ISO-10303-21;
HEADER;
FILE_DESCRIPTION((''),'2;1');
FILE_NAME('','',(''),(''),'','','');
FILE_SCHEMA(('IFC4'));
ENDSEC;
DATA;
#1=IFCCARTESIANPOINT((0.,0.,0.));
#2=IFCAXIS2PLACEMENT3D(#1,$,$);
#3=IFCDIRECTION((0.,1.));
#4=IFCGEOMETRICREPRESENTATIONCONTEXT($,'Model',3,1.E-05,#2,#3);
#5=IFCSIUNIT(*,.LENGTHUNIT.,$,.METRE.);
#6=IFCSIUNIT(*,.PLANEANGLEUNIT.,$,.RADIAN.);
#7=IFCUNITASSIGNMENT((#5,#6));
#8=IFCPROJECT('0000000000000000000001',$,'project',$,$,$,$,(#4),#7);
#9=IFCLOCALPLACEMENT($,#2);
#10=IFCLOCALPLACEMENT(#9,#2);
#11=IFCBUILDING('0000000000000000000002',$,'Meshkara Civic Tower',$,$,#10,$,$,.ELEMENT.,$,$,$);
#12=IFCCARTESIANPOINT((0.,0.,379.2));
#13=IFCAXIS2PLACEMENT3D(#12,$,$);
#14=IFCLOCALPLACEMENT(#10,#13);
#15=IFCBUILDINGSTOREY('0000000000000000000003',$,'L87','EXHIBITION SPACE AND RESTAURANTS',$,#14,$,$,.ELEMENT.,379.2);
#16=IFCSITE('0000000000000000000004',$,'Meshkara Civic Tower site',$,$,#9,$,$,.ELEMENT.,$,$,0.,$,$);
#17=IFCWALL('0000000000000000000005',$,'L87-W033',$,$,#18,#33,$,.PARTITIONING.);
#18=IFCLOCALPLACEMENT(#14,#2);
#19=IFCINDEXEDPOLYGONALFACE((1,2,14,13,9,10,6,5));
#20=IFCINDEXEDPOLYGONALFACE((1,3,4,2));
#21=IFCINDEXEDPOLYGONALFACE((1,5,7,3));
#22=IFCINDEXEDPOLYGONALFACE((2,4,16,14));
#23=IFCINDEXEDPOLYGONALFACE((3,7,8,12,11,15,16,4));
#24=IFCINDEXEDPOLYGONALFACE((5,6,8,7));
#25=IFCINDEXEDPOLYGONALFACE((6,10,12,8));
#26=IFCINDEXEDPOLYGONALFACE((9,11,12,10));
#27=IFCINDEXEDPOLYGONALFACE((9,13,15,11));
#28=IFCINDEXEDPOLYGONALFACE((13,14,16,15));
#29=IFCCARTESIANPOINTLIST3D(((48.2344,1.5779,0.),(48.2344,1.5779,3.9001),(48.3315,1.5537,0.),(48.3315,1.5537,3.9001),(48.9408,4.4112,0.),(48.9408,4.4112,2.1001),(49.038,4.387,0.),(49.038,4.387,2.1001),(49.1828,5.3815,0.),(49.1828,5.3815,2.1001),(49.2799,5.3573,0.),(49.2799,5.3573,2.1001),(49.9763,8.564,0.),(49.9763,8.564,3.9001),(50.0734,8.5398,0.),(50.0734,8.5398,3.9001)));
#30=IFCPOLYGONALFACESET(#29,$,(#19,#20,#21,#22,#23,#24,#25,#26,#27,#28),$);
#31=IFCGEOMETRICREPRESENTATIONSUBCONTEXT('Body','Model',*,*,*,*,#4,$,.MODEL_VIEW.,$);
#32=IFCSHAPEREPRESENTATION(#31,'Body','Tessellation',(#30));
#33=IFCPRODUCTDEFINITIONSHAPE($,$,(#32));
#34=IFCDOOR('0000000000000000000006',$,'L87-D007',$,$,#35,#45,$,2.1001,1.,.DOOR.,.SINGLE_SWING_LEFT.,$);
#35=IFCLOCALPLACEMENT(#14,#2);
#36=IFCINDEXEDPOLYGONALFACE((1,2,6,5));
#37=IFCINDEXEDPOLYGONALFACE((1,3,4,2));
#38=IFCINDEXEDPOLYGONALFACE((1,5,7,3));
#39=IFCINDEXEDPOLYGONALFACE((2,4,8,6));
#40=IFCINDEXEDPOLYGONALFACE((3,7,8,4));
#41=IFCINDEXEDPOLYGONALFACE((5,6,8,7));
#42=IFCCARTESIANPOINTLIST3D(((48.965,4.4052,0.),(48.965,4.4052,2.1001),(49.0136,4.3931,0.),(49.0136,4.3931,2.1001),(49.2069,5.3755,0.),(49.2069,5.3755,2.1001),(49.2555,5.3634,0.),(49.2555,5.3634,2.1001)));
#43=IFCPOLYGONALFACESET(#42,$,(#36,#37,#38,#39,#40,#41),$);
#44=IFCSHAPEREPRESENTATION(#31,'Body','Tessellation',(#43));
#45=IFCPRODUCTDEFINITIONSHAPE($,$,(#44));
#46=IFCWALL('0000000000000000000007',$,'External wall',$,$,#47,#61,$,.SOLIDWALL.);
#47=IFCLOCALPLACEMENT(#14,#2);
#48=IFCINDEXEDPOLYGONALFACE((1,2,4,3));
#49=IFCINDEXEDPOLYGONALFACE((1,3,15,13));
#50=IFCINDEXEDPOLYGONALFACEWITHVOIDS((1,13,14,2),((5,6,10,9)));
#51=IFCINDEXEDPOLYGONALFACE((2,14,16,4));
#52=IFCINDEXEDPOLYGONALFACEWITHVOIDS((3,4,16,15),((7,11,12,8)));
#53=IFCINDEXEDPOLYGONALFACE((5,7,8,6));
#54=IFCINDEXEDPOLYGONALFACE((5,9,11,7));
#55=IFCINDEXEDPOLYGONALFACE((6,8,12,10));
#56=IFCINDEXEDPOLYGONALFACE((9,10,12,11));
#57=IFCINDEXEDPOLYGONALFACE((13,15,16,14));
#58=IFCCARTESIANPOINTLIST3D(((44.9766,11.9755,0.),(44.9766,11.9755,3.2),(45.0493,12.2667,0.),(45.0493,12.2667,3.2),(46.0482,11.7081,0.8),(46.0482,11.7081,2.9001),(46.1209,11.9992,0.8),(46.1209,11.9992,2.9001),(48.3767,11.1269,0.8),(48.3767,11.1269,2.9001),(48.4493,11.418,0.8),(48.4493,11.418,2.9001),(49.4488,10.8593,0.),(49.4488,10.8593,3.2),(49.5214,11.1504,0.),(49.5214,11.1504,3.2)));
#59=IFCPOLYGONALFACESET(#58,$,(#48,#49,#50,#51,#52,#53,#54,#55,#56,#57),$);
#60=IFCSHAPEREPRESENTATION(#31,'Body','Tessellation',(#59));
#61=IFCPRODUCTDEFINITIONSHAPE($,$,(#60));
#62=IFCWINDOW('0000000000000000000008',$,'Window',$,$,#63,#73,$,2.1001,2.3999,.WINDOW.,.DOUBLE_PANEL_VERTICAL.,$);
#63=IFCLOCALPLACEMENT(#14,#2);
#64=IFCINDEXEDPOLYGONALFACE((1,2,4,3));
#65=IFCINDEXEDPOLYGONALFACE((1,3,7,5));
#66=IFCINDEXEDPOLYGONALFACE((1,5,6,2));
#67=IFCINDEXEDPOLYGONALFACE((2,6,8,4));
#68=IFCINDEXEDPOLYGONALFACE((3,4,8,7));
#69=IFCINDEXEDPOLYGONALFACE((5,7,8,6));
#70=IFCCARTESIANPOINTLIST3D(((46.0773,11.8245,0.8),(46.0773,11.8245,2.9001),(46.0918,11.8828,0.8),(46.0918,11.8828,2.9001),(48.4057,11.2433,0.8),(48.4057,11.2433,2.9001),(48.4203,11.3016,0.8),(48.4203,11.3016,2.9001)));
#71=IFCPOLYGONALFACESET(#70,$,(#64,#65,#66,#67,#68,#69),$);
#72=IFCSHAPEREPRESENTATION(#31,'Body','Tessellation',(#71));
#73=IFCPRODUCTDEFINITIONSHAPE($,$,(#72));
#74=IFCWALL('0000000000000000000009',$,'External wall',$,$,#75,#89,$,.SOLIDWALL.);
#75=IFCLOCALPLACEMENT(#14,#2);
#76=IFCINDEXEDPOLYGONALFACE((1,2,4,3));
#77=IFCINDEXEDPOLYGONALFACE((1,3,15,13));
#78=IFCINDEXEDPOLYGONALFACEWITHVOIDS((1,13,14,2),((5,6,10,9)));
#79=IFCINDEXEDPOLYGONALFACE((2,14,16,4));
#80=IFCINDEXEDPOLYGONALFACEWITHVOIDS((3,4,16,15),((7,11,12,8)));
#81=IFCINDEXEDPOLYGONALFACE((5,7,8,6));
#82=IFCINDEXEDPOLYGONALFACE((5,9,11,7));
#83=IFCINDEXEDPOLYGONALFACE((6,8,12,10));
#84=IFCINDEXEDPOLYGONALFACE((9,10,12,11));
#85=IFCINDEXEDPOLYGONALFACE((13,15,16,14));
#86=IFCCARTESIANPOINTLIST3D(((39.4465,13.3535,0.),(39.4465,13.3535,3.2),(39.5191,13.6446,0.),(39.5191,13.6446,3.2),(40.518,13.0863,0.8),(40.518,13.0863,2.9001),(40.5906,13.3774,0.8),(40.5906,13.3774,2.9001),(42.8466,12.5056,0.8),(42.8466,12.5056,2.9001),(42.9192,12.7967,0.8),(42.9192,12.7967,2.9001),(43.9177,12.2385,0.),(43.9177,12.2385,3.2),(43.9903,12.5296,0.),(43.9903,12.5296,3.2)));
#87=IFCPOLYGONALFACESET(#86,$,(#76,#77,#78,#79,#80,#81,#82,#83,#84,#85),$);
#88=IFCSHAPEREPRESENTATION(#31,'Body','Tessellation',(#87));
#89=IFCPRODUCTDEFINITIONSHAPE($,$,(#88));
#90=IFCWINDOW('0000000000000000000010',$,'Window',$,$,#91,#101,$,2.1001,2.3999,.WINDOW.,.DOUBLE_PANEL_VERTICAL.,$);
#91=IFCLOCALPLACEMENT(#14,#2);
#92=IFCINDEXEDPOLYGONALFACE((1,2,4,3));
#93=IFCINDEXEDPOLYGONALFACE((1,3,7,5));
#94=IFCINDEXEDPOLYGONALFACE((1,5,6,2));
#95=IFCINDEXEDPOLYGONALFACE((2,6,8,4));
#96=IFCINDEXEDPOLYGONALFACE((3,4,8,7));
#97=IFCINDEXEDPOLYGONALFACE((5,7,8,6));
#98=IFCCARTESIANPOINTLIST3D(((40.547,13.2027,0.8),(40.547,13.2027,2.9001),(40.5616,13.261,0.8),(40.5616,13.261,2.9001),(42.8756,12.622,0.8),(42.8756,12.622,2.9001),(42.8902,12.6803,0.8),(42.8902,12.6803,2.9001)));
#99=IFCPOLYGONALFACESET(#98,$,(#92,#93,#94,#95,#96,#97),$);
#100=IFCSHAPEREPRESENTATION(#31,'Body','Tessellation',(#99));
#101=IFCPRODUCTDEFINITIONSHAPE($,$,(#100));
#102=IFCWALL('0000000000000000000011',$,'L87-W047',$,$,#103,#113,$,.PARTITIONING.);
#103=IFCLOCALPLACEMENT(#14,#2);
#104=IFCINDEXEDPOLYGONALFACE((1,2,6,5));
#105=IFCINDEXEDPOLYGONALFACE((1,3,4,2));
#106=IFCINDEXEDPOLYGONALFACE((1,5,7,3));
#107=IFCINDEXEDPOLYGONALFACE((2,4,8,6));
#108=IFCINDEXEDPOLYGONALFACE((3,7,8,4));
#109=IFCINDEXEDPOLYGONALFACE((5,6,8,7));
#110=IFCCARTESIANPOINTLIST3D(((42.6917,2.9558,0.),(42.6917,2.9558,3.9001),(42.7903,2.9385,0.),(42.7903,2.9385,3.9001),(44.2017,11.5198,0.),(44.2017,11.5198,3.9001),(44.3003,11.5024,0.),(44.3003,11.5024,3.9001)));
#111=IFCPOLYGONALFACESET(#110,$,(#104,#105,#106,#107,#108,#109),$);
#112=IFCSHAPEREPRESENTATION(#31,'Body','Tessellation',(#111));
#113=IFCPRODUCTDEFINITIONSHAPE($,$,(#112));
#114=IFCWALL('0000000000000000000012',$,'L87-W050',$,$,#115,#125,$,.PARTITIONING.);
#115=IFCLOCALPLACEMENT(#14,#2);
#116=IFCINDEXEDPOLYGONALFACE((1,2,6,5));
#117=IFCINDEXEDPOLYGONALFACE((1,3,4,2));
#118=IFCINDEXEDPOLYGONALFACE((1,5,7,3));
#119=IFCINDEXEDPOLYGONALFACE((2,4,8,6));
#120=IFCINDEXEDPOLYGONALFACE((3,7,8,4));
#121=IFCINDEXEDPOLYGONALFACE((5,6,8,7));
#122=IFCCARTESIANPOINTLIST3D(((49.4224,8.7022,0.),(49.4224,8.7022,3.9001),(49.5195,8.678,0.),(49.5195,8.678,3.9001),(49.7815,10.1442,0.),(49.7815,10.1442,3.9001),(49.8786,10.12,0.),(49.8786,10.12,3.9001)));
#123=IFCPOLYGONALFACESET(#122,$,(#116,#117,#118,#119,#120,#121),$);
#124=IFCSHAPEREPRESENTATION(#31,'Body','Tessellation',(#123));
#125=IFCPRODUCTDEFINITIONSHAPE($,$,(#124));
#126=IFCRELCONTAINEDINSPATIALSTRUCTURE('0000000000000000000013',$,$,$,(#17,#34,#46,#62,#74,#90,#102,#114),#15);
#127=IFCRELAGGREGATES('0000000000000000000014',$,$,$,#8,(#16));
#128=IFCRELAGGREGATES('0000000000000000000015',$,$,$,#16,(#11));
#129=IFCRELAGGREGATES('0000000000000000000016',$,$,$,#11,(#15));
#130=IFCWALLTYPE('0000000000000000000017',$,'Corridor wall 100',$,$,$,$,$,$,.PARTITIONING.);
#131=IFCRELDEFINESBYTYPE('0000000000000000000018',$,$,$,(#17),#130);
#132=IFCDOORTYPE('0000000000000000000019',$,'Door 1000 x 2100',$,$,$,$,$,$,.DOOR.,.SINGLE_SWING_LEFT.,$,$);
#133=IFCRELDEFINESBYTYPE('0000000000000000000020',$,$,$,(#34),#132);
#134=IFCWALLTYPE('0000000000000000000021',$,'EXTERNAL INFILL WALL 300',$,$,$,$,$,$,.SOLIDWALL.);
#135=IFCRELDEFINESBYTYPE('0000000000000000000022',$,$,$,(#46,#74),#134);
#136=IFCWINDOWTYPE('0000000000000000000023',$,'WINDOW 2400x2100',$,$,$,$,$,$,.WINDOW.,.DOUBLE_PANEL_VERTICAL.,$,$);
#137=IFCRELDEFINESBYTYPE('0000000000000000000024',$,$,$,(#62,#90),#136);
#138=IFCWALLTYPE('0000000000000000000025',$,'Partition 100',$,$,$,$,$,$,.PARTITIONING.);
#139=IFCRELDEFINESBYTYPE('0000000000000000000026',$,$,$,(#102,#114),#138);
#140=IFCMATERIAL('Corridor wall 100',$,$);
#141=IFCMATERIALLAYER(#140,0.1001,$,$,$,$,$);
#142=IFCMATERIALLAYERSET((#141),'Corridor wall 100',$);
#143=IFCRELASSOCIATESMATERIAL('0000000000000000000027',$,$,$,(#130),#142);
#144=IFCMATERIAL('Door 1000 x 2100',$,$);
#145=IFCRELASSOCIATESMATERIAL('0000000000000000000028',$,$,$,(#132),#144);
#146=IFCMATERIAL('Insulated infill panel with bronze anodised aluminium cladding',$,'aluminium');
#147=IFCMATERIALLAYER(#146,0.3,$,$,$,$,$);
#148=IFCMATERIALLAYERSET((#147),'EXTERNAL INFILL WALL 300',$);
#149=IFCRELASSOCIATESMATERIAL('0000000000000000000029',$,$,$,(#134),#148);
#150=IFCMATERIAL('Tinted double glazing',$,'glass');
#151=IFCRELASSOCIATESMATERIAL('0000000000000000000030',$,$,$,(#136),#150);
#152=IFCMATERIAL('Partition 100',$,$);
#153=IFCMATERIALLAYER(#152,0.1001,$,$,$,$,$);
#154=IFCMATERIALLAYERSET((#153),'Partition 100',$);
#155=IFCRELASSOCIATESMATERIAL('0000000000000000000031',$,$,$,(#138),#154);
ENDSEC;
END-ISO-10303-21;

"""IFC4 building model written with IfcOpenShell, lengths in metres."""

from ifc_helpers import new_model, si_unit, direction, frame, frame_2d, origin, place, context, subcontext, project, spatial, rectangle, extrude, material, layer, layer_set, type_object, element, fill, save


model = new_model("IFC4")

# Units and contexts
model_context = context("Model", 3, precision=1e-05, world=origin(), true_north=direction((0.0, 1.0)))
body_context = subcontext(model_context, "Body", "Model", "MODEL_VIEW")
ifc_project = project(units=[si_unit("LENGTHUNIT", "METRE"), si_unit("PLANEANGLEUNIT", "RADIAN")], contexts=[model_context])

# Site, building, storey
site_placement = place(None, origin())
site = spatial("IfcSite", under=ifc_project, at=site_placement, Name="Meshkara Civic Tower site", CompositionType="ELEMENT", RefElevation=0.0)
building_placement = place(site_placement, origin())
building = spatial("IfcBuilding", under=site, at=building_placement, Name="Meshkara Civic Tower", CompositionType="ELEMENT")
storey_placement = place(building_placement, frame((0.0, 0.0, 379.2)))
storey = spatial("IfcBuildingStorey", under=building, at=storey_placement, Name="L87", Description="EXHIBITION SPACE AND RESTAURANTS", CompositionType="ELEMENT", Elevation=379.2)

# Shared definitions
ifc_material_1 = material(Name="Corridor wall 100")
ifc_layer_1 = layer(ifc_material_1, 0.1001)
ifc_layer_set_1 = layer_set([ifc_layer_1], Name="Corridor wall 100")
wall_type_1 = type_object("IfcWallType", Name="Corridor wall 100", PredefinedType="PARTITIONING", material=ifc_layer_set_1)

# Wall, opening, door
wall_1_placement = place(storey_placement, frame((50.0249, 8.552, 0.0), z_axis=(0.0, 0.0, 1.0), x_axis=(-0.241937, -0.970292, 0.0)))
wall_1 = element("IfcWall", 1, at=wall_1_placement, inside=storey, type_object=wall_type_1, Name="L87-W033", PredefinedType="PARTITIONING", context=body_context, shape_type="SweptSolid", body=[
    extrude(rectangle(XDim=7.2, YDim=0.1001, at=frame_2d((3.6001, 0.0))), origin(), (0.0, 0.0, 1.0), 3.9001),
])
opening_1_placement = place(wall_1_placement, frame((3.28, 0.0, 0.0)))
opening_1 = element("IfcOpeningElement", 2, at=opening_1_placement, cuts=wall_1, PredefinedType="OPENING", context=body_context, shape_type="SweptSolid", body=[
    extrude(rectangle(XDim=1.0, YDim=2.1001, at=frame_2d((0.5, 1.05))), frame((0.0, 0.0601, 0.0), z_axis=(0.0, -1.0, 0.0), x_axis=(1.0, 0.0, 0.0)), (0.0, 0.0, 1.0), 0.1201),
])
ifc_material_2 = material(Name="Door 1000 x 2100")
door_type_1 = type_object("IfcDoorType", Name="Door 1000 x 2100", OperationType="SINGLE_SWING_LEFT", PredefinedType="DOOR", material=ifc_material_2)
door_1_placement = place(opening_1_placement, origin())
door_1 = element("IfcDoor", 3, at=door_1_placement, inside=storey, type_object=door_type_1, Name="L87-D007", OperationType="SINGLE_SWING_LEFT", OverallHeight=2.1001, OverallWidth=1.0, PredefinedType="DOOR", context=body_context, shape_type="SweptSolid", body=[
    extrude(rectangle(XDim=1.0, YDim=2.1001, at=frame_2d((0.5, 1.05))), frame((0.0, 0.0249, 0.0), z_axis=(0.0, -1.0, 0.0), x_axis=(1.0, 0.0, 0.0)), (0.0, 0.0, 1.0), 0.05),
])
fill(opening_1, door_1)

# Walls, openings, windows
ifc_material_3 = material(Name="Insulated infill panel with bronze anodised aluminium cladding", Category="aluminium")
ifc_layer_2 = layer(ifc_material_3, 0.3)
ifc_layer_set_2 = layer_set([ifc_layer_2], Name="EXTERNAL INFILL WALL 300")
wall_type_2 = type_object("IfcWallType", Name="EXTERNAL INFILL WALL 300", PredefinedType="SOLIDWALL", material=ifc_layer_set_2)
wall_2_placement = place(storey_placement, frame((49.4851, 11.0049, 0.0), z_axis=(0.0, 0.0, 1.0), x_axis=(-0.970236, 0.242162, 0.0)))
wall_2 = element("IfcWall", 4, at=wall_2_placement, inside=storey, type_object=wall_type_2, Name="External wall", PredefinedType="SOLIDWALL", context=body_context, shape_type="SweptSolid", body=[
    extrude(rectangle(XDim=4.6094, YDim=0.3, at=frame_2d((2.3047, 0.0))), origin(), (0.0, 0.0, 1.0), 3.2),
])
opening_2_placement = place(wall_2_placement, frame((1.105, 0.0, 0.8)))
opening_2 = element("IfcOpeningElement", 5, at=opening_2_placement, cuts=wall_2, PredefinedType="OPENING", context=body_context, shape_type="SweptSolid", body=[
    extrude(rectangle(XDim=2.3999, YDim=2.1001, at=frame_2d((1.2, 1.05))), frame((0.0, 0.1599, 0.0), z_axis=(0.0, -1.0, 0.0), x_axis=(1.0, 0.0, 0.0)), (0.0, 0.0, 1.0), 0.3201),
])
ifc_material_4 = material(Name="Tinted double glazing", Category="glass")
window_type = type_object("IfcWindowType", Name="WINDOW 2400x2100", PartitioningType="DOUBLE_PANEL_VERTICAL", PredefinedType="WINDOW", material=ifc_material_4)
window_1_placement = place(opening_2_placement, origin())
window_1 = element("IfcWindow", 6, at=window_1_placement, inside=storey, type_object=window_type, Name="Window", OverallHeight=2.1001, OverallWidth=2.3999, PartitioningType="DOUBLE_PANEL_VERTICAL", PredefinedType="WINDOW", context=body_context, shape_type="SweptSolid", body=[
    extrude(rectangle(XDim=2.3999, YDim=2.1001, at=frame_2d((1.2, 1.05))), frame((0.0, 0.03, 0.0), z_axis=(0.0, -1.0, 0.0), x_axis=(1.0, 0.0, 0.0)), (0.0, 0.0, 1.0), 0.0601),
])
fill(opening_2, window_1)
wall_3_placement = place(storey_placement, frame((43.9541, 12.384, 0.0), z_axis=(0.0, 0.0, 1.0), x_axis=(-0.970286, 0.241962, 0.0)))
wall_3 = element("IfcWall", 7, at=wall_3_placement, inside=storey, type_object=wall_type_2, Name="External wall", PredefinedType="SOLIDWALL", context=body_context, shape_type="SweptSolid", body=[
    extrude(rectangle(XDim=4.6082, YDim=0.3, at=frame_2d((2.3042, 0.0))), origin(), (0.0, 0.0, 1.0), 3.2),
])
opening_3_placement = place(wall_3_placement, frame((1.104, 0.0, 0.8)))
opening_3 = element("IfcOpeningElement", 8, at=opening_3_placement, cuts=wall_3, PredefinedType="OPENING", context=body_context, shape_type="SweptSolid", body=[
    extrude(rectangle(XDim=2.3999, YDim=2.1001, at=frame_2d((1.2, 1.05))), frame((0.0, 0.1599, 0.0), z_axis=(0.0, -1.0, 0.0), x_axis=(1.0, 0.0, 0.0)), (0.0, 0.0, 1.0), 0.3201),
])
window_2_placement = place(opening_3_placement, origin())
window_2 = element("IfcWindow", 9, at=window_2_placement, inside=storey, type_object=window_type, Name="Window", OverallHeight=2.1001, OverallWidth=2.3999, PartitioningType="DOUBLE_PANEL_VERTICAL", PredefinedType="WINDOW", context=body_context, shape_type="SweptSolid", body=[
    extrude(rectangle(XDim=2.3999, YDim=2.1001, at=frame_2d((1.2, 1.05))), frame((0.0, 0.03, 0.0), z_axis=(0.0, -1.0, 0.0), x_axis=(1.0, 0.0, 0.0)), (0.0, 0.0, 1.0), 0.0601),
])
fill(opening_3, window_2)

# Walls
ifc_material_5 = material(Name="Partition 100")
ifc_layer_3 = layer(ifc_material_5, 0.1001)
ifc_layer_set_3 = layer_set([ifc_layer_3], Name="Partition 100")
wall_type_3 = type_object("IfcWallType", Name="Partition 100", PredefinedType="PARTITIONING", material=ifc_layer_set_3)
wall_4_placement = place(storey_placement, frame((42.741, 2.947, 0.0), z_axis=(0.0, 0.0, 1.0), x_axis=(0.173643, 0.984809, 0.0)))
element("IfcWall", 10, at=wall_4_placement, inside=storey, type_object=wall_type_3, Name="L87-W047", PredefinedType="PARTITIONING", context=body_context, shape_type="SweptSolid", body=[
    extrude(rectangle(XDim=8.696, YDim=0.1001, at=frame_2d((4.3481, 0.0))), origin(), (0.0, 0.0, 1.0), 3.9001),
])
wall_5_placement = place(storey_placement, frame((49.4709, 8.6899, 0.0), z_axis=(0.0, 0.0, 1.0), x_axis=(0.241647, 0.970364, 0.0)))
element("IfcWall", 11, at=wall_5_placement, inside=storey, type_object=wall_type_3, Name="L87-W050", PredefinedType="PARTITIONING", context=body_context, shape_type="SweptSolid", body=[
    extrude(rectangle(XDim=1.4861, YDim=0.1001, at=frame_2d((0.7432, 0.0))), origin(), (0.0, 0.0, 1.0), 3.9001),
])

save(model, "model.ifc")
